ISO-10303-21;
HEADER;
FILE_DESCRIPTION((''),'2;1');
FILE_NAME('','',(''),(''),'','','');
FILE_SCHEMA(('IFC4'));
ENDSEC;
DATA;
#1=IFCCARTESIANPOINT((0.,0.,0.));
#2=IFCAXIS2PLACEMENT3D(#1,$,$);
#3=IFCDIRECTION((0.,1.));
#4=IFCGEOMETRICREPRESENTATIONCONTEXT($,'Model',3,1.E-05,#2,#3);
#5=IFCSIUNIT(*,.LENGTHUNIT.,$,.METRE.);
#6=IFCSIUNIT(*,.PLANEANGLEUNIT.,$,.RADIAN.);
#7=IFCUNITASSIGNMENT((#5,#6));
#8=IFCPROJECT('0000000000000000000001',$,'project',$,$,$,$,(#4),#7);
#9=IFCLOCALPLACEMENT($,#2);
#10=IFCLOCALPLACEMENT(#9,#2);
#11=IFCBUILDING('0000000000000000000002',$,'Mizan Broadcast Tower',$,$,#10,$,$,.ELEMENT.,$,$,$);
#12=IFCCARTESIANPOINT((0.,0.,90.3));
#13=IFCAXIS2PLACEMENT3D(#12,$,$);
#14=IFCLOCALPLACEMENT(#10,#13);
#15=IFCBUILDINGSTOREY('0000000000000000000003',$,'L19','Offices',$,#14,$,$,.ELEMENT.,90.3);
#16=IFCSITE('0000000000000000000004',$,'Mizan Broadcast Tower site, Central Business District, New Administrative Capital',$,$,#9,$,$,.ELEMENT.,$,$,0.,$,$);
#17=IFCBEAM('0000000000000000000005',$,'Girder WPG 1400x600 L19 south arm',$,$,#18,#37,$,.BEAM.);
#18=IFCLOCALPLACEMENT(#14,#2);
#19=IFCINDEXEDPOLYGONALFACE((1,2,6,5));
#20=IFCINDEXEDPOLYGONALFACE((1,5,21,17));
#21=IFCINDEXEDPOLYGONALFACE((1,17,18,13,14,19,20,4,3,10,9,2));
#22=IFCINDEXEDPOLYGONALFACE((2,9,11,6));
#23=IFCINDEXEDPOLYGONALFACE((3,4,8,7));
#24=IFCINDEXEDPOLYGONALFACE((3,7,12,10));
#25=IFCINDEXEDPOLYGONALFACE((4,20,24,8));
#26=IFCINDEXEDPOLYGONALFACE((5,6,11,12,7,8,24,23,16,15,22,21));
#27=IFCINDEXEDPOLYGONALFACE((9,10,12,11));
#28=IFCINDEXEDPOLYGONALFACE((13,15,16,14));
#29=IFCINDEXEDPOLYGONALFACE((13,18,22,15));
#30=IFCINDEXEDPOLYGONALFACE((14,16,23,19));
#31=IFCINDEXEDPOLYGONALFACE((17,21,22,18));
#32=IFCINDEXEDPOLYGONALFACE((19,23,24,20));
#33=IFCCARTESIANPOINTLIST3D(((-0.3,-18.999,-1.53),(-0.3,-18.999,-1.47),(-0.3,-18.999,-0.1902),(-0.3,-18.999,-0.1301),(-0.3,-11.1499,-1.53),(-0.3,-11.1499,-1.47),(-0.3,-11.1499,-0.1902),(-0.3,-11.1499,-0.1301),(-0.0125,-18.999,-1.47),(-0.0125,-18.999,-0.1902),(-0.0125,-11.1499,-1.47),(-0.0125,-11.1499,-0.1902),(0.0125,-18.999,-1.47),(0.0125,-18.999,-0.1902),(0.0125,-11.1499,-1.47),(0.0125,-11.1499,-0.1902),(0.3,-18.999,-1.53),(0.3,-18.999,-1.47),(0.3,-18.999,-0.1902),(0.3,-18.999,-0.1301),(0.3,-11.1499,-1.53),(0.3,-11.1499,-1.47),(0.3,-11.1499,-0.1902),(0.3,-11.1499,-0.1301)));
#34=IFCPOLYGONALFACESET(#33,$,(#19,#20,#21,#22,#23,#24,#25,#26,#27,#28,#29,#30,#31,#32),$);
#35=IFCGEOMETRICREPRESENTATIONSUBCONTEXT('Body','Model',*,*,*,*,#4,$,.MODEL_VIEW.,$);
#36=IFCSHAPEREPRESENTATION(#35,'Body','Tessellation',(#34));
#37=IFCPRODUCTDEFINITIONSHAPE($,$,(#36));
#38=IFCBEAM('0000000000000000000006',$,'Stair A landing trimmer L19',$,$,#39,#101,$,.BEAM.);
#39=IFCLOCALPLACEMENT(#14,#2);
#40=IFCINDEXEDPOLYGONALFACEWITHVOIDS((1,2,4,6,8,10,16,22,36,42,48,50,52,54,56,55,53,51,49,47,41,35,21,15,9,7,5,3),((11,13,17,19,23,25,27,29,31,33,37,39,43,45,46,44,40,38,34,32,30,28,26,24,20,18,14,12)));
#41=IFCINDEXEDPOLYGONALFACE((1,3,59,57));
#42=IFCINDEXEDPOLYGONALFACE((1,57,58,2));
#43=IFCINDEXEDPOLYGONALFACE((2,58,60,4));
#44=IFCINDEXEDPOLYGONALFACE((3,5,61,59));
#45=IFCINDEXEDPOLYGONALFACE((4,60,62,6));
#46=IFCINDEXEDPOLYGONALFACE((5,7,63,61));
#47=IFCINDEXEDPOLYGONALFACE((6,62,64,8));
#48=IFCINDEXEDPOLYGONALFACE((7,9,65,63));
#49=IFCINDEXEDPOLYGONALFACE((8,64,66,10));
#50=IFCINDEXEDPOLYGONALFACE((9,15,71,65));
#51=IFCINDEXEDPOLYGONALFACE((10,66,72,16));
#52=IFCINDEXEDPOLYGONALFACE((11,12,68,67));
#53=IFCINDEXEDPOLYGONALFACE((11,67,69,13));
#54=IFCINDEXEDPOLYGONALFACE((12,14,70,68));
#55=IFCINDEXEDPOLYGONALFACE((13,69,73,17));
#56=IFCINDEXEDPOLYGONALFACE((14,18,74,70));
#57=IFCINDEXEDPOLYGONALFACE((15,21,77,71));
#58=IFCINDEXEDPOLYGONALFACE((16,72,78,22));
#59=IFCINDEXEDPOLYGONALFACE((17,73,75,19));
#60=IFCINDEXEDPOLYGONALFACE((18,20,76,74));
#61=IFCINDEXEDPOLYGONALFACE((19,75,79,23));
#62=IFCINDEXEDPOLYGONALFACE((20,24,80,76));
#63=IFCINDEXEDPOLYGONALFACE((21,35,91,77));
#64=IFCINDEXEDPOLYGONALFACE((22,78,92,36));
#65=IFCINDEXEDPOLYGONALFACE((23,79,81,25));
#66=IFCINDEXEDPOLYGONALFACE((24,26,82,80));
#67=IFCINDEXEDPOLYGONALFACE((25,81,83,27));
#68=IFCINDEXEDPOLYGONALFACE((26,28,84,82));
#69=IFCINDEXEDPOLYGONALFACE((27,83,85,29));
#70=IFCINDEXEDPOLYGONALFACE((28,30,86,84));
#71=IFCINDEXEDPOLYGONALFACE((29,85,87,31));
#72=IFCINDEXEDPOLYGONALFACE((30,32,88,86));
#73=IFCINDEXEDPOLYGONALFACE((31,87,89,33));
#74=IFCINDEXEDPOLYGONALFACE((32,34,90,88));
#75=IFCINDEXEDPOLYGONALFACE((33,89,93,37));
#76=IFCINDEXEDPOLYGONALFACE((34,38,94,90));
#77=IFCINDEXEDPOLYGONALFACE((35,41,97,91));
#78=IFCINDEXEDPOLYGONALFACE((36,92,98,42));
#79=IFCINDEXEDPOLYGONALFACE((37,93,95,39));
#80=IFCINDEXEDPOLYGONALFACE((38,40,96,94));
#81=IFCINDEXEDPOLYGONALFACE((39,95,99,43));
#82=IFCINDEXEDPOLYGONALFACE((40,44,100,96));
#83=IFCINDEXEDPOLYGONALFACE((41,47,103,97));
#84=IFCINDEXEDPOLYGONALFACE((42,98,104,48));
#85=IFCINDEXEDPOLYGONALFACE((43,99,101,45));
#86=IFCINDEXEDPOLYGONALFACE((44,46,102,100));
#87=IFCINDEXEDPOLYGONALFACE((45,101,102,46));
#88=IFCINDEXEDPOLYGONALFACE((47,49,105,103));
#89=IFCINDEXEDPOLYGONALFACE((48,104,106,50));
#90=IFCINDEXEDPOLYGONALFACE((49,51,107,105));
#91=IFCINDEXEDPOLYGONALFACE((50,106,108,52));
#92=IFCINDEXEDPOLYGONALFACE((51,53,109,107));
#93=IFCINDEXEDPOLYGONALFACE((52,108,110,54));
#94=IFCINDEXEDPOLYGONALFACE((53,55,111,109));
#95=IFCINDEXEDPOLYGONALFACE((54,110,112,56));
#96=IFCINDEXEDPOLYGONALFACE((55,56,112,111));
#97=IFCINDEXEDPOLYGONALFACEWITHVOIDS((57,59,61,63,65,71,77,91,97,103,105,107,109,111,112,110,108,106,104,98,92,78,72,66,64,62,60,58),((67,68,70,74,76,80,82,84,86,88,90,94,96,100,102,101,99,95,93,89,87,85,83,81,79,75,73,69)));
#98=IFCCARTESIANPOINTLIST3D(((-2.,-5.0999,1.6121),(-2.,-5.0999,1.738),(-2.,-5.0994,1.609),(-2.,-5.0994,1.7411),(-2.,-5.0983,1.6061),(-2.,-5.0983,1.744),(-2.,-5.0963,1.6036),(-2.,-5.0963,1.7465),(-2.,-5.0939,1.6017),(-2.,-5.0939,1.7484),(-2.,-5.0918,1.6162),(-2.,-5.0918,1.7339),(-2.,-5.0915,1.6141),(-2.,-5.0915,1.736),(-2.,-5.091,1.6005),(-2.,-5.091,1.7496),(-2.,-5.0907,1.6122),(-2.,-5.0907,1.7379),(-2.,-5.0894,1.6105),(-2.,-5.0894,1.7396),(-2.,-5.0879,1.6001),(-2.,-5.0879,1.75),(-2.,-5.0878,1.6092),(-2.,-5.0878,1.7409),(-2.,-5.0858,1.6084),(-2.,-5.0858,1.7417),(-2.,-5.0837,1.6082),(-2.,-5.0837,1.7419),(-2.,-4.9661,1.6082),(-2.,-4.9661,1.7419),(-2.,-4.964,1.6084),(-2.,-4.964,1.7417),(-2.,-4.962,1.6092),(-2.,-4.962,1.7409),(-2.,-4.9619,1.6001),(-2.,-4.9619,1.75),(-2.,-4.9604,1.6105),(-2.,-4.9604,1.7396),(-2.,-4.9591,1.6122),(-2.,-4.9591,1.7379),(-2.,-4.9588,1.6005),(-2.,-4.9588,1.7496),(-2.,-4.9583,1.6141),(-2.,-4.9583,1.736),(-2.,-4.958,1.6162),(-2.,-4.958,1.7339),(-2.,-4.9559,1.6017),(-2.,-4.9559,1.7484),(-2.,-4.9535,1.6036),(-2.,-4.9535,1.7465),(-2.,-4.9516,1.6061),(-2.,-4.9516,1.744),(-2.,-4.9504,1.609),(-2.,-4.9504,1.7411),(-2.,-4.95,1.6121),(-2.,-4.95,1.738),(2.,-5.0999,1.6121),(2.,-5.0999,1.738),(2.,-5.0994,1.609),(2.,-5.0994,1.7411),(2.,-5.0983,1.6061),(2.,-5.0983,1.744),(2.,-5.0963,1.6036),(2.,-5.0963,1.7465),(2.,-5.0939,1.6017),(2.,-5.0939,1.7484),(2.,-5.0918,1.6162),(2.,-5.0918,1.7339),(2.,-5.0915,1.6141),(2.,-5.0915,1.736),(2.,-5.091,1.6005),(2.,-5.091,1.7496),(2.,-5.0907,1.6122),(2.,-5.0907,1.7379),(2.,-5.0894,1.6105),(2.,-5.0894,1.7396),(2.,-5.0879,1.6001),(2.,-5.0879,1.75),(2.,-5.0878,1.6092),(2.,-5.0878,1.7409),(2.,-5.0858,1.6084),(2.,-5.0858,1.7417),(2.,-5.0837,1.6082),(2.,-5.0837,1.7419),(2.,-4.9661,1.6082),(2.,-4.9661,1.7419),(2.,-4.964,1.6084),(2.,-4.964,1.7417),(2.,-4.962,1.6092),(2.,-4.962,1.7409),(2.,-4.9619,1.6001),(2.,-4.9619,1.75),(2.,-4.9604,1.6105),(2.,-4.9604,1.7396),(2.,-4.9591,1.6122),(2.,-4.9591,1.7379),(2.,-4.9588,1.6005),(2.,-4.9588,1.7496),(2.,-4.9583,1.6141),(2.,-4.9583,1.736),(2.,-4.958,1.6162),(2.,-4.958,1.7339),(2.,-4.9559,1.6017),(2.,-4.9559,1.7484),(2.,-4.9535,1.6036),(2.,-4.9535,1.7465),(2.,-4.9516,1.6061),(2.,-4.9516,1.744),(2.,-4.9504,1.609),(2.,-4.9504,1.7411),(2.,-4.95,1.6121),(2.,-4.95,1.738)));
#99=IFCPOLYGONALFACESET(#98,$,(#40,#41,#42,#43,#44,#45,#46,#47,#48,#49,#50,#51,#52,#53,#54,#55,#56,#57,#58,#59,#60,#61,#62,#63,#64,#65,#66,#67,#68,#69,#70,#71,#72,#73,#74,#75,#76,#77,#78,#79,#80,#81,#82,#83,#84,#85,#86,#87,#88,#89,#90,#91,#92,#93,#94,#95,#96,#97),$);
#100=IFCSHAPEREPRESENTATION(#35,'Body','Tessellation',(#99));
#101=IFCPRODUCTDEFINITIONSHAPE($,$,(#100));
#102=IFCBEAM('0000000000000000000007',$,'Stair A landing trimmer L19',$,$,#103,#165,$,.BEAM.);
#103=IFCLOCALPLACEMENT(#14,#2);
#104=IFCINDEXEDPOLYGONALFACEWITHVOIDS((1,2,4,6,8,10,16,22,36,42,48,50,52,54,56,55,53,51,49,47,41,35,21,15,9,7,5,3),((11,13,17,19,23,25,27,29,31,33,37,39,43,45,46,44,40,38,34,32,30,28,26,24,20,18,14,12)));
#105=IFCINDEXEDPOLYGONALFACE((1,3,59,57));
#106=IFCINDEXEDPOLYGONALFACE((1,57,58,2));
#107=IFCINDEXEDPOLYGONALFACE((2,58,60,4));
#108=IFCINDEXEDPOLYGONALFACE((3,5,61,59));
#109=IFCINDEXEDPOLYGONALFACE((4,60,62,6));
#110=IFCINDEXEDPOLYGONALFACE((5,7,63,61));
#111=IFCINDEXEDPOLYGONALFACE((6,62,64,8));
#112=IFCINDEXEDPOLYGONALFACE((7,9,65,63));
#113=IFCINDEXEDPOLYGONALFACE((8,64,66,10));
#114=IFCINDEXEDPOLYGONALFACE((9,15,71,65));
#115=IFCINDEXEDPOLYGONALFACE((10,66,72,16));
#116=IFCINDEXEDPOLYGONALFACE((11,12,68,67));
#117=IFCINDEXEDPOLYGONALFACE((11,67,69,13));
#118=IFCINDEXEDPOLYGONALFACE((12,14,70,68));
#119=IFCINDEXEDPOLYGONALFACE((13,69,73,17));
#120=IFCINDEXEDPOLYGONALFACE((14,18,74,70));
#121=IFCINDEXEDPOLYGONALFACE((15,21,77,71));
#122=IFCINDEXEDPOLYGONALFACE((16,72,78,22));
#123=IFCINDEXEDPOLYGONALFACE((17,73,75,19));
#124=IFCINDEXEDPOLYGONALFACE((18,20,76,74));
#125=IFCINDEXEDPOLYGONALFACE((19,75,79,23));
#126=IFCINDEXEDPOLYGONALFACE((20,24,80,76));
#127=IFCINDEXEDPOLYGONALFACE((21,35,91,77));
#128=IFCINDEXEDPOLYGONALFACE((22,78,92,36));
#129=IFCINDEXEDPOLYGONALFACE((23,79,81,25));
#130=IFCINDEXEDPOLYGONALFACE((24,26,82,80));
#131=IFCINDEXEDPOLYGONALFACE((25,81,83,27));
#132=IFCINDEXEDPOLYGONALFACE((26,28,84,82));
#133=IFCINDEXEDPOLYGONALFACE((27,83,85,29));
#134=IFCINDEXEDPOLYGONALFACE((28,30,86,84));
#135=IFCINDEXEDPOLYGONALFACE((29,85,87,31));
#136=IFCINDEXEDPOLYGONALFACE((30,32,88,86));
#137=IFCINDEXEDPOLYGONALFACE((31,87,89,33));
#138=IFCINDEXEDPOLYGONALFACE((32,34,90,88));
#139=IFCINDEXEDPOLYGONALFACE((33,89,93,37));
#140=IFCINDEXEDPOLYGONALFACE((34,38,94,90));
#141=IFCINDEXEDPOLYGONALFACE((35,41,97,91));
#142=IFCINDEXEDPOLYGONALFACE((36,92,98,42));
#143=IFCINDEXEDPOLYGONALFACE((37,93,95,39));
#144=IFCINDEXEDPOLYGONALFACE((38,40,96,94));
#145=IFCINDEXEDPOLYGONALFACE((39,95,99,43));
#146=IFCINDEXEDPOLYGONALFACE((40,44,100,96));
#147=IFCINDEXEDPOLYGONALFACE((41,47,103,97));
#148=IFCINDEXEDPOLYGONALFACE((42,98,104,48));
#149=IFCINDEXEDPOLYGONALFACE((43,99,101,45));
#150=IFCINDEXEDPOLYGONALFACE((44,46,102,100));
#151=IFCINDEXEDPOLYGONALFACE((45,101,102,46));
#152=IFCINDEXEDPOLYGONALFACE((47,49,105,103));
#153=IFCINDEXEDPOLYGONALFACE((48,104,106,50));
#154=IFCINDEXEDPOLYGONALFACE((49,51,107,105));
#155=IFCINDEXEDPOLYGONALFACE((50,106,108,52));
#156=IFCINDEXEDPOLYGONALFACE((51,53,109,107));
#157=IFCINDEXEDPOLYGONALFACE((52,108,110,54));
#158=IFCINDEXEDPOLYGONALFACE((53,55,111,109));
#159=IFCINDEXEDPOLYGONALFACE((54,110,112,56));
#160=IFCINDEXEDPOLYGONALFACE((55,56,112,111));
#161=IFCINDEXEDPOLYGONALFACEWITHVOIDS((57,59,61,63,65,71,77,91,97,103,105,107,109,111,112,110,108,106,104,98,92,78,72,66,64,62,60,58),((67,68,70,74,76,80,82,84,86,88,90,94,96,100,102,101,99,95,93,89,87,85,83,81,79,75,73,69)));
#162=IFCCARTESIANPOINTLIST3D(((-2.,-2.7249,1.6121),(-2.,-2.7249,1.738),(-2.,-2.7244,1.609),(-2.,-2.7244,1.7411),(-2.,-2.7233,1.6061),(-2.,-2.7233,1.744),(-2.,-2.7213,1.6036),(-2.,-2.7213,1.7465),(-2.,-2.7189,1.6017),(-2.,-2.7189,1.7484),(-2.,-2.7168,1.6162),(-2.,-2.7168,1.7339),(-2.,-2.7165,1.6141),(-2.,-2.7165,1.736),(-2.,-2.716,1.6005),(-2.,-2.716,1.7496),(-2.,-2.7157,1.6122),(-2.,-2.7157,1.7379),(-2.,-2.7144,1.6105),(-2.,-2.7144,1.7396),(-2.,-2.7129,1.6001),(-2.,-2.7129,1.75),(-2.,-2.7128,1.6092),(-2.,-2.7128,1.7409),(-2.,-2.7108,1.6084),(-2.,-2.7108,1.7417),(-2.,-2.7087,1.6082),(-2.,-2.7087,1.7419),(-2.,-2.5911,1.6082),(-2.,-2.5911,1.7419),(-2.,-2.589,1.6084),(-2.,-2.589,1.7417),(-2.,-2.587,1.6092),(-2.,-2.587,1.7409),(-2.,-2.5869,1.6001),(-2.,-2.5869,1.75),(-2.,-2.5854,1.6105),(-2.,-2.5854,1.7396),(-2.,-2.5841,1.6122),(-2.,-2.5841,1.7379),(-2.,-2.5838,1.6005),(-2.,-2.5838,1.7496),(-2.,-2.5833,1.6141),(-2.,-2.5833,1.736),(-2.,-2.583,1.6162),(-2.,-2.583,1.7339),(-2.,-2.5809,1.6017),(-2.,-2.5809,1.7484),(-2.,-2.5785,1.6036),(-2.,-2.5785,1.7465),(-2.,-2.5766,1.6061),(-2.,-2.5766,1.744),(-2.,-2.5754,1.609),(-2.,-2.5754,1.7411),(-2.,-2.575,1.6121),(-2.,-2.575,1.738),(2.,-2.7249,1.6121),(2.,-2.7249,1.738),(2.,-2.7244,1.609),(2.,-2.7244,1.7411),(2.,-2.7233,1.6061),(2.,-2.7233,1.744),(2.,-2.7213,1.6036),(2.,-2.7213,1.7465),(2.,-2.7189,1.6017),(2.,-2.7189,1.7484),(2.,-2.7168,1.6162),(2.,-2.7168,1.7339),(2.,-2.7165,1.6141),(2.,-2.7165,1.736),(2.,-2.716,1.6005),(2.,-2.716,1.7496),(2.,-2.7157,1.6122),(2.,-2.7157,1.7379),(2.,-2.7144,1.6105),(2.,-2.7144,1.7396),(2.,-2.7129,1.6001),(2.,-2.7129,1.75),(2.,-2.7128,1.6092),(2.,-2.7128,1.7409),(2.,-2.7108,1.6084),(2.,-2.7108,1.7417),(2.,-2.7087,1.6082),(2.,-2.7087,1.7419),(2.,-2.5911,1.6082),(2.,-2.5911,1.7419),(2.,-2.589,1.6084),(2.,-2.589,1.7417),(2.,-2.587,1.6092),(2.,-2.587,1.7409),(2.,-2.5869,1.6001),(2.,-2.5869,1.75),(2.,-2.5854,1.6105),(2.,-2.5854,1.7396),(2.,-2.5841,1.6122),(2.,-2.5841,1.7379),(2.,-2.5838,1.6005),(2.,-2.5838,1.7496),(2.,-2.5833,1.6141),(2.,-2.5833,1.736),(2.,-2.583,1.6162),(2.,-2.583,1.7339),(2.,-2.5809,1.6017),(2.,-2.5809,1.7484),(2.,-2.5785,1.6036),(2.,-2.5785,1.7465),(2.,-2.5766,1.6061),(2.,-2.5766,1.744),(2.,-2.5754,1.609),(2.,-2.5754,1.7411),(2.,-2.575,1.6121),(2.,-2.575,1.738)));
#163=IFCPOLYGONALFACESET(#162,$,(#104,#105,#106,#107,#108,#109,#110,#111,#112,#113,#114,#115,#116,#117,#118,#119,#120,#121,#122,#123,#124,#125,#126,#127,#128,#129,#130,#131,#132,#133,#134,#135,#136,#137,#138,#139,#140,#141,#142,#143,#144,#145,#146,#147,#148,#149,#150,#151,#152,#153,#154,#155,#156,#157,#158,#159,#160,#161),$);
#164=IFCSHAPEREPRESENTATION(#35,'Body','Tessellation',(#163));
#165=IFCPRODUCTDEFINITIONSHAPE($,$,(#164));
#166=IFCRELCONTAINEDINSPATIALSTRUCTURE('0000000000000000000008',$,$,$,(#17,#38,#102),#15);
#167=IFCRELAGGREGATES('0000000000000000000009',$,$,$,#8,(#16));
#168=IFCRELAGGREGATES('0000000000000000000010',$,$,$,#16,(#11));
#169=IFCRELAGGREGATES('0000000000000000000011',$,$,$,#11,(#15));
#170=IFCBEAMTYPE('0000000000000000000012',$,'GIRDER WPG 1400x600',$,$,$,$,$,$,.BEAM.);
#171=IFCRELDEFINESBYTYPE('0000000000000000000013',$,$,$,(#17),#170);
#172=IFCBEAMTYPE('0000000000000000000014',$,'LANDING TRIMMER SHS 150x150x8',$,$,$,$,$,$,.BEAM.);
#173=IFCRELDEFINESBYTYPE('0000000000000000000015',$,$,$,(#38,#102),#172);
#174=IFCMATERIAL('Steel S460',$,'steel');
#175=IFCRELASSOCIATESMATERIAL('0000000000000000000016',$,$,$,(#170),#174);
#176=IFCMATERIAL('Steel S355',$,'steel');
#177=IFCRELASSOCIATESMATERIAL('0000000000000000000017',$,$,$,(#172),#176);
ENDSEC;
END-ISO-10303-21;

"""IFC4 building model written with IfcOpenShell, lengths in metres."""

from ifc_helpers import new_model, si_unit, direction, frame, origin, origin_2d, place, context, subcontext, project, spatial, hollow_rectangle, i_section, extrude, material, material_profile, profile_set, type_object, element, save


model = new_model("IFC4")

# Units and contexts
model_context = context("Model", 3, precision=1e-05, world=origin(), true_north=direction((0.0, 1.0)))
body_context = subcontext(model_context, "Body", "Model", "MODEL_VIEW")
ifc_project = project(units=[si_unit("LENGTHUNIT", "METRE"), si_unit("PLANEANGLEUNIT", "RADIAN")], contexts=[model_context])

# Site, building, storey
site_placement = place(None, origin())
site = spatial("IfcSite", under=ifc_project, at=site_placement, Name="Mizan Broadcast Tower site, Central Business District, New Administrative Capital", CompositionType="ELEMENT", RefElevation=0.0)
building_placement = place(site_placement, origin())
building = spatial("IfcBuilding", under=site, at=building_placement, Name="Mizan Broadcast Tower", CompositionType="ELEMENT")
storey_placement = place(building_placement, frame((0.0, 0.0, 90.3)))
storey = spatial("IfcBuildingStorey", under=building, at=storey_placement, Name="L19", Description="Offices", CompositionType="ELEMENT", Elevation=90.3)

# Beams
ifc_material_1 = material(Name="Steel S460", Category="steel")
ifc_material_profile_1 = material_profile(ifc_material_1, i_section(OverallWidth=0.6001, OverallDepth=1.3999, WebThickness=0.0249, FlangeThickness=0.0601, at=origin_2d()), Name="WPG 1400x600")
ifc_profile_set_1 = profile_set([ifc_material_profile_1], Name="Steel S460")
beam_type_1 = type_object("IfcBeamType", Name="GIRDER WPG 1400x600", PredefinedType="BEAM", material=ifc_profile_set_1)
beam_1_placement = place(storey_placement, frame((0.0, -11.1499, -0.8301), z_axis=(0.0, -1.0, 0.0), x_axis=(1.0, 0.0, 0.0)))
element("IfcBeam", 1, at=beam_1_placement, inside=storey, type_object=beam_type_1, Name="Girder WPG 1400x600 L19 south arm", PredefinedType="BEAM", context=body_context, shape_type="SweptSolid", body=[
    extrude(i_section(OverallWidth=0.6001, OverallDepth=1.3999, WebThickness=0.0249, FlangeThickness=0.0601, at=origin_2d()), origin(), (0.0, 0.0, 1.0), 7.8491),
])
ifc_material_2 = material(Name="Steel S355", Category="steel")
ifc_material_profile_2 = material_profile(ifc_material_2, hollow_rectangle(XDim=0.1499, YDim=0.1499, WallThickness=0.0081, InnerFilletRadius=0.0081, OuterFilletRadius=0.012, at=origin_2d()), Name="SHS 150x150x8")
ifc_profile_set_2 = profile_set([ifc_material_profile_2], Name="Steel S355")
beam_type_2 = type_object("IfcBeamType", Name="LANDING TRIMMER SHS 150x150x8", PredefinedType="BEAM", material=ifc_profile_set_2)
for number, where, z_axis, x_axis, name in (
    (2, (-2.0, -5.0249, 1.675), (1.0, 0.0, 0.0), (0.0, 1.0, 0.0), "Stair A landing trimmer L19"),
    (3, (-2.0, -2.6499, 1.675), (1.0, 0.0, 0.0), (0.0, 1.0, 0.0), "Stair A landing trimmer L19"),
):
    element("IfcBeam", number, at=place(storey_placement, frame(where, z_axis=z_axis, x_axis=x_axis)), inside=storey, type_object=beam_type_2, Name=name, PredefinedType="BEAM", context=body_context, shape_type="SweptSolid", body=[
        extrude(hollow_rectangle(XDim=0.1499, YDim=0.1499, WallThickness=0.0081, InnerFilletRadius=0.0081, OuterFilletRadius=0.012, at=origin_2d()), origin(), (0.0, 0.0, 1.0), 4.0),
    ])

save(model, "model.ifc")
